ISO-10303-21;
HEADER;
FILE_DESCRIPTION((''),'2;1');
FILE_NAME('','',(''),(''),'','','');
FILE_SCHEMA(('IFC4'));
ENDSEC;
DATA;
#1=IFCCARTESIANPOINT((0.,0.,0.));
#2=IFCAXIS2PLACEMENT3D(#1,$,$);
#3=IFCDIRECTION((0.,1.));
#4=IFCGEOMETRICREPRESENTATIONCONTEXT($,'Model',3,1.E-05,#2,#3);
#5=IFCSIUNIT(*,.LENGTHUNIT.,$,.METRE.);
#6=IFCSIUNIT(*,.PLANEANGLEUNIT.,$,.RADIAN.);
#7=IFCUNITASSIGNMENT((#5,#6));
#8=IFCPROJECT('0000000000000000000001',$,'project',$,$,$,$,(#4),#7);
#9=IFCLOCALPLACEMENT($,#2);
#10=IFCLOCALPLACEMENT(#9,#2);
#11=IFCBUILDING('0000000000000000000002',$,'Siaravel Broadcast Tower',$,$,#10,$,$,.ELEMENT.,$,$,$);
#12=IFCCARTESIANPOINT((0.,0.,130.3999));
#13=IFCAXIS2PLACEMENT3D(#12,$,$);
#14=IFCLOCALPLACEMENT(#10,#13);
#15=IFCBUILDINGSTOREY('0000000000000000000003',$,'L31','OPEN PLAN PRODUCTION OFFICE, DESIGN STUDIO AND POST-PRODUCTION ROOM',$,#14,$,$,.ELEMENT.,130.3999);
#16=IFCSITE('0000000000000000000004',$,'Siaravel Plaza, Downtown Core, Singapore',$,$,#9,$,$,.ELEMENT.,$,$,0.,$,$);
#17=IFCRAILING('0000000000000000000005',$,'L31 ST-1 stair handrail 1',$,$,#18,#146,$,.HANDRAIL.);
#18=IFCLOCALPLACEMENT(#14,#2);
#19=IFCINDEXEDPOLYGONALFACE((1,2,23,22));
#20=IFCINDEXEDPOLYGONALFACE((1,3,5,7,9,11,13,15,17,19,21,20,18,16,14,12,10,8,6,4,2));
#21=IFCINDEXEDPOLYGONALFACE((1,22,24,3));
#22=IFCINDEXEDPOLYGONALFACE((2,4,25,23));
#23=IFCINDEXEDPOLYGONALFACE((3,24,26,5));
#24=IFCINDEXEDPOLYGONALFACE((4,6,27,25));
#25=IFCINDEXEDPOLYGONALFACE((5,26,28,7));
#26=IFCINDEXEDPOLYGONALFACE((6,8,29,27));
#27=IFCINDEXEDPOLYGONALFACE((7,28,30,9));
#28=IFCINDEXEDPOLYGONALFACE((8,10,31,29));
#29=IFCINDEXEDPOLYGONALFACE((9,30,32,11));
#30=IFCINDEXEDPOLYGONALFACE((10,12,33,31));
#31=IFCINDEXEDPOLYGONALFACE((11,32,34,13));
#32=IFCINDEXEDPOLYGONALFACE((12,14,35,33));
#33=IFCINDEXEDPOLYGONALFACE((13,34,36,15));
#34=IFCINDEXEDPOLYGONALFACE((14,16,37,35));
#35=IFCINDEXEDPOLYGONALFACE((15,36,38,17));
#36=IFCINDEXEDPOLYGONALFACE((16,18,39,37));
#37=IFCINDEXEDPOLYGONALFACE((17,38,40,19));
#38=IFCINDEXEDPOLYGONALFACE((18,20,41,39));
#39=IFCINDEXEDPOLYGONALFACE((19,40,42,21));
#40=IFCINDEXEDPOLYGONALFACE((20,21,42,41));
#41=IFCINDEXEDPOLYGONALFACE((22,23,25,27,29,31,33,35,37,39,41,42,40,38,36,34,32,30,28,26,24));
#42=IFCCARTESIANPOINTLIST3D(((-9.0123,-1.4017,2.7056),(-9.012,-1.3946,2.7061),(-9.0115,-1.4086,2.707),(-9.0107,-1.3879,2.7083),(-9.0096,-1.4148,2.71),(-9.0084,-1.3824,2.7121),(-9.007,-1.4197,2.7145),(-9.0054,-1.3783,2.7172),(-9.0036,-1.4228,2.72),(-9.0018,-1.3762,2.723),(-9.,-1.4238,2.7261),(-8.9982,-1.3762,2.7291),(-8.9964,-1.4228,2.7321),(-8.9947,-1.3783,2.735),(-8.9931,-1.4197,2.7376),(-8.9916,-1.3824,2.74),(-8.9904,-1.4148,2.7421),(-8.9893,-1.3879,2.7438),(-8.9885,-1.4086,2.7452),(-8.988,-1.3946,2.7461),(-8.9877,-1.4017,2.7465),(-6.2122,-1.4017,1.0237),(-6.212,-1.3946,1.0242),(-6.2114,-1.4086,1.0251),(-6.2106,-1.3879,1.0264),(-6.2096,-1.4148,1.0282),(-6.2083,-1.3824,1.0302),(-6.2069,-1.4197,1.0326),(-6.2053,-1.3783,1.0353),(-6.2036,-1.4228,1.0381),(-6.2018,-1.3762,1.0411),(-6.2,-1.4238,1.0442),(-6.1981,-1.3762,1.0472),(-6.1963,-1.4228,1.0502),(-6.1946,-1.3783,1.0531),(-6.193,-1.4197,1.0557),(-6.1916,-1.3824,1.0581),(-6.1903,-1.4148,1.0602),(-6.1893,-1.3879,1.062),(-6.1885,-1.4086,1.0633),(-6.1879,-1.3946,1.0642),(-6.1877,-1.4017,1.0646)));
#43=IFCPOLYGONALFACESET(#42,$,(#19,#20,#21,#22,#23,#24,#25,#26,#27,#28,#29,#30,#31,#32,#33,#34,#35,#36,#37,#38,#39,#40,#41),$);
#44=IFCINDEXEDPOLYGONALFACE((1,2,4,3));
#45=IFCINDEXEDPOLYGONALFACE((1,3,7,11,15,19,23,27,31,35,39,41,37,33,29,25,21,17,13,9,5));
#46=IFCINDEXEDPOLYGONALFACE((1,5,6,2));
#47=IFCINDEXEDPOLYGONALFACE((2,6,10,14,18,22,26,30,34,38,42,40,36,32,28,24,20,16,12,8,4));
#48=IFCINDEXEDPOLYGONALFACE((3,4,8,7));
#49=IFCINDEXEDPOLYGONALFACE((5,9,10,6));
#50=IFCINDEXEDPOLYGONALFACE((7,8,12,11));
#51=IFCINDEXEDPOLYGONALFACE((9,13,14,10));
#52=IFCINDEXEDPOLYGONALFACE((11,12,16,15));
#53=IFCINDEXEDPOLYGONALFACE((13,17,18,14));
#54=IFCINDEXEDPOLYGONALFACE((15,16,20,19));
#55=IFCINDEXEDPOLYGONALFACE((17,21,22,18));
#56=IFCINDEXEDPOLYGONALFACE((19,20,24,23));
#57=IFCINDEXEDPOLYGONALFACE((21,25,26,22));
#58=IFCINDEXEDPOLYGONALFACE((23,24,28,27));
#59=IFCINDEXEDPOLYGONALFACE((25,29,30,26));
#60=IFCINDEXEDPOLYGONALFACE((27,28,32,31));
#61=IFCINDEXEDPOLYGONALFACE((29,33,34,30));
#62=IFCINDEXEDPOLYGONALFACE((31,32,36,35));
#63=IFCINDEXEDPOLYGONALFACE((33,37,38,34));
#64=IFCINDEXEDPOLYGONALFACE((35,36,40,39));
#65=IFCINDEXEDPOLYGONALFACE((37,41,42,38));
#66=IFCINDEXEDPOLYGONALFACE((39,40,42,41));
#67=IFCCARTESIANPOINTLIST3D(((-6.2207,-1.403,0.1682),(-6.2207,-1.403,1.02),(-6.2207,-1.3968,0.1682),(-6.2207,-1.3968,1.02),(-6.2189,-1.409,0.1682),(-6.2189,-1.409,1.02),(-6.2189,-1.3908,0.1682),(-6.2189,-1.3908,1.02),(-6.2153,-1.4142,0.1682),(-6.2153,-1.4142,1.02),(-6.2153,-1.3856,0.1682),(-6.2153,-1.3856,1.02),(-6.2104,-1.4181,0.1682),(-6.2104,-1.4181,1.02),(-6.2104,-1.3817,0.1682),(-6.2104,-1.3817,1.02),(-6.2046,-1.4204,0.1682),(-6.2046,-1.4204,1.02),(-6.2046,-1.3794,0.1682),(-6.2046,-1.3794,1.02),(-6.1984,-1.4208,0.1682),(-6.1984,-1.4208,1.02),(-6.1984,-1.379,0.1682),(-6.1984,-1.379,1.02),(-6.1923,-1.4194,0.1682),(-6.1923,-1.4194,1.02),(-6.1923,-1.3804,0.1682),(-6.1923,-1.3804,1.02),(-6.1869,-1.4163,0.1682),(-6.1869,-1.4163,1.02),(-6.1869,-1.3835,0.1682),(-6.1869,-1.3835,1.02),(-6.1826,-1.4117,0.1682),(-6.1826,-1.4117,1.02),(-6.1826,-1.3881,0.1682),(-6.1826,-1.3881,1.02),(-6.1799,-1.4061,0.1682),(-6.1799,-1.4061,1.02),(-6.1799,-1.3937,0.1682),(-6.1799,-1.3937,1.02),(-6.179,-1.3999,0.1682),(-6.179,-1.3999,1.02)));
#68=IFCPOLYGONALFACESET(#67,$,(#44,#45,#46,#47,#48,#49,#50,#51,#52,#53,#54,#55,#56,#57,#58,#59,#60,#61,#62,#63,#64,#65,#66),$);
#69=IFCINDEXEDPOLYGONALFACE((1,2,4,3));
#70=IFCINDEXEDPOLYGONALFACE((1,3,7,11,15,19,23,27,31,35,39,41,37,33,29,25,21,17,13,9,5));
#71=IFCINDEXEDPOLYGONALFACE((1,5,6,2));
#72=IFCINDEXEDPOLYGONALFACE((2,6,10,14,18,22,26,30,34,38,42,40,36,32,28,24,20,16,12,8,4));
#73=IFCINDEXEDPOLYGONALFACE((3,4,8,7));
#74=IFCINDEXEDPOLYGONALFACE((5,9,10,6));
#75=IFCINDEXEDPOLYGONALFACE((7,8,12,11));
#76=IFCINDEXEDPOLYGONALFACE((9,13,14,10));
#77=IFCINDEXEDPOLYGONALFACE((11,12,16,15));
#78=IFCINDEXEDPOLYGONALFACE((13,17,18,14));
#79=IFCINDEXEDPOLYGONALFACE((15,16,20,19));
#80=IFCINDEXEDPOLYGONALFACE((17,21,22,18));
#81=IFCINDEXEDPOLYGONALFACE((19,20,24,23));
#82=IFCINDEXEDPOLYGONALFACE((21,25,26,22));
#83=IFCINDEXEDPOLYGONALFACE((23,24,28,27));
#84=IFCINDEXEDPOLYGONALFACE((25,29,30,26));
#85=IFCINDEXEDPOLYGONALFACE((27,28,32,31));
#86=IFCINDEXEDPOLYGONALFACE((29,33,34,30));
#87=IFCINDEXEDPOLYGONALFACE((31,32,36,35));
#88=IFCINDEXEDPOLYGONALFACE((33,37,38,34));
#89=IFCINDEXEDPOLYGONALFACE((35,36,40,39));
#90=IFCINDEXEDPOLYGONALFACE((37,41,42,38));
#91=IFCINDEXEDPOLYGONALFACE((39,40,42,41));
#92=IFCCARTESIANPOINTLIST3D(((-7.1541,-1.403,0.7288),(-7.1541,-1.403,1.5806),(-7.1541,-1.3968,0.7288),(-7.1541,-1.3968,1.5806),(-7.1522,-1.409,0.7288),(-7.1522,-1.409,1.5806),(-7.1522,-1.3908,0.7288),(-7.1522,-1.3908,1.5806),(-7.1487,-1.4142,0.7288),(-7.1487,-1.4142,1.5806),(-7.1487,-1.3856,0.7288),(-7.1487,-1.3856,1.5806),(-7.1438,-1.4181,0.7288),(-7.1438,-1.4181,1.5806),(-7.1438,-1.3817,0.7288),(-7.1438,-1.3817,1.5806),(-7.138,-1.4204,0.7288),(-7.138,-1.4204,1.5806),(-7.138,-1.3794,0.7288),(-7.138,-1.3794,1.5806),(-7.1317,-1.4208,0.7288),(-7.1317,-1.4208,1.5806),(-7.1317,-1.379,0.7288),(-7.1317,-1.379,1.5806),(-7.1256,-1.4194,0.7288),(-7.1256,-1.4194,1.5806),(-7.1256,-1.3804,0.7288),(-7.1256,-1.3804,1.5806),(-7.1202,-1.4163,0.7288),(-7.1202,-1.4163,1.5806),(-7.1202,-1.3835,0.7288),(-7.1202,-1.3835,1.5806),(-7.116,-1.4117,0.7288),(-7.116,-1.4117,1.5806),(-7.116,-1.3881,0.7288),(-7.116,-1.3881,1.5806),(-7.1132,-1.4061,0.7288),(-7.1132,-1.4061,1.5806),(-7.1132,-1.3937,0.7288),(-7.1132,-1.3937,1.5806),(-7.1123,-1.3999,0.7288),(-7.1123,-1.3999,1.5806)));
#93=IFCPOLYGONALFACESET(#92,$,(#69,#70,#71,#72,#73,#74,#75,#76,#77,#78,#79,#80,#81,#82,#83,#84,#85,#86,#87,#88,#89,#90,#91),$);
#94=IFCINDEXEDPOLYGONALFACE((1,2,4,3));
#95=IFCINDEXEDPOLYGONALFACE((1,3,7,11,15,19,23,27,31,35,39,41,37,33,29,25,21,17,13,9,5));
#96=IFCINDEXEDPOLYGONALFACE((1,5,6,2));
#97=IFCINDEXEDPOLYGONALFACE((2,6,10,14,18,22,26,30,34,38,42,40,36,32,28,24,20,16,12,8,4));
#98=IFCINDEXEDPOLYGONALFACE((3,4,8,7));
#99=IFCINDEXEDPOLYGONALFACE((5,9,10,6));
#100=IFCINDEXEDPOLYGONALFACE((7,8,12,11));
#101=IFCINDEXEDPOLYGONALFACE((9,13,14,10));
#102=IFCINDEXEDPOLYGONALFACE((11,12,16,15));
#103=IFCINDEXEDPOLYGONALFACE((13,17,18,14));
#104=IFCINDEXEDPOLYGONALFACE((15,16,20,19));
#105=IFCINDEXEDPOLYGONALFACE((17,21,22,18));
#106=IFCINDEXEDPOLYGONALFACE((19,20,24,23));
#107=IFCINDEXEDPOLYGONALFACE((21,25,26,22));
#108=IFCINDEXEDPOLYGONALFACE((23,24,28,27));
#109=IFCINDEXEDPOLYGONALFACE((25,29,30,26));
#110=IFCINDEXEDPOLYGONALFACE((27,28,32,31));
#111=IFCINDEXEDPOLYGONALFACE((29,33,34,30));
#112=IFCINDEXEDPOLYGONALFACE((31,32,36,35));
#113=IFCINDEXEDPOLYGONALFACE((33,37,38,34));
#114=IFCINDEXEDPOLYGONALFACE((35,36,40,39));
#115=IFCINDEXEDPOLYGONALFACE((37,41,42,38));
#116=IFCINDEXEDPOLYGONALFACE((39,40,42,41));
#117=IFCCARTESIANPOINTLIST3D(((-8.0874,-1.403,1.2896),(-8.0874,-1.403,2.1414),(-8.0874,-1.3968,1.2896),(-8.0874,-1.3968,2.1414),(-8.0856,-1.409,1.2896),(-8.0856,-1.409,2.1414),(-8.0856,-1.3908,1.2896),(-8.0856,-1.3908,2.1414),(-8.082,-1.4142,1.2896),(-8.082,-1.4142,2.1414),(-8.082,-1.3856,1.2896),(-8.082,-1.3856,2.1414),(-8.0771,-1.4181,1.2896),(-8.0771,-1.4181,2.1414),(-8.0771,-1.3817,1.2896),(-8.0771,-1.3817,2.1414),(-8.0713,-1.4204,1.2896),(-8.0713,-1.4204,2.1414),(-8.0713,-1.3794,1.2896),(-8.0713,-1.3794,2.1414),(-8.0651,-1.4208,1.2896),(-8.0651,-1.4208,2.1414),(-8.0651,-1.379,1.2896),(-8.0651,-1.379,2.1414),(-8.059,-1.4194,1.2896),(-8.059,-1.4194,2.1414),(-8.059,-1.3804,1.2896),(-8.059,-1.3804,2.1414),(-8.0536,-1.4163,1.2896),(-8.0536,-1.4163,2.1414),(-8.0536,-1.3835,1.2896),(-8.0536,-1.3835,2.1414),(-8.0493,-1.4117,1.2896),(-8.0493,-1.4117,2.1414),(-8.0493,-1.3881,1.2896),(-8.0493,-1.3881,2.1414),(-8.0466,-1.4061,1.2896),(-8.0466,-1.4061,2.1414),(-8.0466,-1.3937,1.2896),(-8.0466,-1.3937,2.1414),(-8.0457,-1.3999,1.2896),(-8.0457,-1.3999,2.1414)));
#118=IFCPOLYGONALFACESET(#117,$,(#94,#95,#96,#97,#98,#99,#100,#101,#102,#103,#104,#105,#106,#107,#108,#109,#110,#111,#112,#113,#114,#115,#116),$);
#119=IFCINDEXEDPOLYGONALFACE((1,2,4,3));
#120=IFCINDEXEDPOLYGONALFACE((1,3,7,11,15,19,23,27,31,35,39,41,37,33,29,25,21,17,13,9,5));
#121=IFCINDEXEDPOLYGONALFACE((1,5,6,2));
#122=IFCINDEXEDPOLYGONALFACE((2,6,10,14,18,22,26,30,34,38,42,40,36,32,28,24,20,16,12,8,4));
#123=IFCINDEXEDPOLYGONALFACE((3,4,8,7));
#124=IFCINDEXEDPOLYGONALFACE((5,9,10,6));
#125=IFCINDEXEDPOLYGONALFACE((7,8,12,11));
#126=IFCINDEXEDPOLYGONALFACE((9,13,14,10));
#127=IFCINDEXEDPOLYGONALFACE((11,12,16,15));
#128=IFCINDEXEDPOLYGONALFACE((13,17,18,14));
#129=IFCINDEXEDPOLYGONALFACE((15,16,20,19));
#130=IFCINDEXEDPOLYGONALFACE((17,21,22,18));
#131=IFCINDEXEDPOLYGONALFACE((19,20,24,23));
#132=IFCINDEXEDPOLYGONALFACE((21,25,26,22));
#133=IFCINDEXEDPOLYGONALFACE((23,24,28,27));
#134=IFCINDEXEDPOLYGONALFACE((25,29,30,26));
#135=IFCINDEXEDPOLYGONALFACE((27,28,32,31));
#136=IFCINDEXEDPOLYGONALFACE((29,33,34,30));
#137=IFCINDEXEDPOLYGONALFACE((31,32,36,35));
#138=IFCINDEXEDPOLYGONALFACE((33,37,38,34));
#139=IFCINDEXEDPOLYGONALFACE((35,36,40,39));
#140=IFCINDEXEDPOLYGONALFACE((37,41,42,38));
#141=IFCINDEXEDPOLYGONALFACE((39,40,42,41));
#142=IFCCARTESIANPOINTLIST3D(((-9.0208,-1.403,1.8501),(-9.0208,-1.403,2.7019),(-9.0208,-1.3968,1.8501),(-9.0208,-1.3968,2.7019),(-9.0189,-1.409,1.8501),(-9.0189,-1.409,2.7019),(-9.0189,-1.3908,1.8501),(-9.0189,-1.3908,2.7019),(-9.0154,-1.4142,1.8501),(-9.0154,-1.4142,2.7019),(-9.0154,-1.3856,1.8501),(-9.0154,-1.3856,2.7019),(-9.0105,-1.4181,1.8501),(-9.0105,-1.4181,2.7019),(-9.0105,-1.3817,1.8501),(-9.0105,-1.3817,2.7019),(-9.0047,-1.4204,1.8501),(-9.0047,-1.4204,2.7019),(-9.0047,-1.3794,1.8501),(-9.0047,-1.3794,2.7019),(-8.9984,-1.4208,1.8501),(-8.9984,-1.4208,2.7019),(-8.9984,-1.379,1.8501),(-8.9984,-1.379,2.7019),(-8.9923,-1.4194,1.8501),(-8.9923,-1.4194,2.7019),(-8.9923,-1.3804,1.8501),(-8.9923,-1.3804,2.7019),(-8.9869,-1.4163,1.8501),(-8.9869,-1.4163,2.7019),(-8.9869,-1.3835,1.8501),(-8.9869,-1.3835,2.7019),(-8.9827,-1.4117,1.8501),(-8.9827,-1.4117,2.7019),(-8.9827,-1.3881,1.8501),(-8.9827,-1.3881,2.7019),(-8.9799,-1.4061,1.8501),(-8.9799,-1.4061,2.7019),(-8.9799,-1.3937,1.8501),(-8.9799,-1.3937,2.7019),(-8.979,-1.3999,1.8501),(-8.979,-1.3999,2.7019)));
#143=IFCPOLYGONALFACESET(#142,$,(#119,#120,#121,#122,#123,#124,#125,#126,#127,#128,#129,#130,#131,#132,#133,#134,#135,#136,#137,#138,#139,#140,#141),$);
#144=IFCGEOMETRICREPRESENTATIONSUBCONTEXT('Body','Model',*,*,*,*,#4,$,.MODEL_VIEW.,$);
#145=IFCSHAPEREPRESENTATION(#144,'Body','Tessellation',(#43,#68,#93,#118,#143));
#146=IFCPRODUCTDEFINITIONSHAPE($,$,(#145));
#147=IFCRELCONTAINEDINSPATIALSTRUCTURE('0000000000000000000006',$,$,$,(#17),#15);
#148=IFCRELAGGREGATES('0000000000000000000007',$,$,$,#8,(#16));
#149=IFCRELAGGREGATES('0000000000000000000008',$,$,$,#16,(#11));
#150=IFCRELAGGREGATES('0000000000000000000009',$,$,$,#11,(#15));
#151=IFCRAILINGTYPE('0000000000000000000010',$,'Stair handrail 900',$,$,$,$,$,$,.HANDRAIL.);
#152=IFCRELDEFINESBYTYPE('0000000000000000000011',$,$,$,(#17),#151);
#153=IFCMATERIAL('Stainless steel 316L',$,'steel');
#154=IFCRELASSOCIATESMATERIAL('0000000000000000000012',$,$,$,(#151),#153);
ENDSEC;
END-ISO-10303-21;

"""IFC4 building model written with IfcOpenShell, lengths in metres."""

from ifc_helpers import new_model, si_unit, direction, frame, origin, origin_2d, place, context, subcontext, project, spatial, circle, extrude, material, type_object, element, save


model = new_model("IFC4")

# Units and contexts
model_context = context("Model", 3, precision=1e-05, world=origin(), true_north=direction((0.0, 1.0)))
body_context = subcontext(model_context, "Body", "Model", "MODEL_VIEW")
ifc_project = project(units=[si_unit("LENGTHUNIT", "METRE"), si_unit("PLANEANGLEUNIT", "RADIAN")], contexts=[model_context])

# Site, building, storey
site_placement = place(None, origin())
site = spatial("IfcSite", under=ifc_project, at=site_placement, Name="Siaravel Plaza, Downtown Core, Singapore", CompositionType="ELEMENT", RefElevation=0.0)
building_placement = place(site_placement, origin())
building = spatial("IfcBuilding", under=site, at=building_placement, Name="Siaravel Broadcast Tower", CompositionType="ELEMENT")
storey_placement = place(building_placement, frame((0.0, 0.0, 130.3999)))
storey = spatial("IfcBuildingStorey", under=building, at=storey_placement, Name="L31", Description="OPEN PLAN PRODUCTION OFFICE, DESIGN STUDIO AND POST-PRODUCTION ROOM", CompositionType="ELEMENT", Elevation=130.3999)

# Railing
ifc_material_1 = material(Name="Stainless steel 316L", Category="steel")
railing_type_1 = type_object("IfcRailingType", Name="Stair handrail 900", PredefinedType="HANDRAIL", material=ifc_material_1)
railing_1_placement = place(storey_placement, frame((-6.2, -1.3999, 0.1682)))
element("IfcRailing", 1, at=railing_1_placement, inside=storey, type_object=railing_type_1, Name="L31 ST-1 stair handrail 1", PredefinedType="HANDRAIL", context=body_context, shape_type="SweptSolid", body=[
    extrude(circle(Radius=0.0239, at=origin_2d()), frame((0.0, 0.0, 0.876), z_axis=(-0.857242, 0.0, 0.514913), x_axis=(0.0, -1.0, 0.0)), (0.0, 0.0, 1.0), 3.2664),
    extrude(circle(Radius=0.021, at=origin_2d()), origin(), (0.0, 0.0, 1.0), 0.8518),
    extrude(circle(Radius=0.021, at=origin_2d()), frame((-0.9333, 0.0, 0.5605)), (0.0, 0.0, 1.0), 0.8518),
    extrude(circle(Radius=0.021, at=origin_2d()), frame((-1.8667, 0.0, 1.1213)), (0.0, 0.0, 1.0), 0.8518),
    extrude(circle(Radius=0.021, at=origin_2d()), frame((-2.8, 0.0, 1.6819)), (0.0, 0.0, 1.0), 0.8518),
])

save(model, "model.ifc")
